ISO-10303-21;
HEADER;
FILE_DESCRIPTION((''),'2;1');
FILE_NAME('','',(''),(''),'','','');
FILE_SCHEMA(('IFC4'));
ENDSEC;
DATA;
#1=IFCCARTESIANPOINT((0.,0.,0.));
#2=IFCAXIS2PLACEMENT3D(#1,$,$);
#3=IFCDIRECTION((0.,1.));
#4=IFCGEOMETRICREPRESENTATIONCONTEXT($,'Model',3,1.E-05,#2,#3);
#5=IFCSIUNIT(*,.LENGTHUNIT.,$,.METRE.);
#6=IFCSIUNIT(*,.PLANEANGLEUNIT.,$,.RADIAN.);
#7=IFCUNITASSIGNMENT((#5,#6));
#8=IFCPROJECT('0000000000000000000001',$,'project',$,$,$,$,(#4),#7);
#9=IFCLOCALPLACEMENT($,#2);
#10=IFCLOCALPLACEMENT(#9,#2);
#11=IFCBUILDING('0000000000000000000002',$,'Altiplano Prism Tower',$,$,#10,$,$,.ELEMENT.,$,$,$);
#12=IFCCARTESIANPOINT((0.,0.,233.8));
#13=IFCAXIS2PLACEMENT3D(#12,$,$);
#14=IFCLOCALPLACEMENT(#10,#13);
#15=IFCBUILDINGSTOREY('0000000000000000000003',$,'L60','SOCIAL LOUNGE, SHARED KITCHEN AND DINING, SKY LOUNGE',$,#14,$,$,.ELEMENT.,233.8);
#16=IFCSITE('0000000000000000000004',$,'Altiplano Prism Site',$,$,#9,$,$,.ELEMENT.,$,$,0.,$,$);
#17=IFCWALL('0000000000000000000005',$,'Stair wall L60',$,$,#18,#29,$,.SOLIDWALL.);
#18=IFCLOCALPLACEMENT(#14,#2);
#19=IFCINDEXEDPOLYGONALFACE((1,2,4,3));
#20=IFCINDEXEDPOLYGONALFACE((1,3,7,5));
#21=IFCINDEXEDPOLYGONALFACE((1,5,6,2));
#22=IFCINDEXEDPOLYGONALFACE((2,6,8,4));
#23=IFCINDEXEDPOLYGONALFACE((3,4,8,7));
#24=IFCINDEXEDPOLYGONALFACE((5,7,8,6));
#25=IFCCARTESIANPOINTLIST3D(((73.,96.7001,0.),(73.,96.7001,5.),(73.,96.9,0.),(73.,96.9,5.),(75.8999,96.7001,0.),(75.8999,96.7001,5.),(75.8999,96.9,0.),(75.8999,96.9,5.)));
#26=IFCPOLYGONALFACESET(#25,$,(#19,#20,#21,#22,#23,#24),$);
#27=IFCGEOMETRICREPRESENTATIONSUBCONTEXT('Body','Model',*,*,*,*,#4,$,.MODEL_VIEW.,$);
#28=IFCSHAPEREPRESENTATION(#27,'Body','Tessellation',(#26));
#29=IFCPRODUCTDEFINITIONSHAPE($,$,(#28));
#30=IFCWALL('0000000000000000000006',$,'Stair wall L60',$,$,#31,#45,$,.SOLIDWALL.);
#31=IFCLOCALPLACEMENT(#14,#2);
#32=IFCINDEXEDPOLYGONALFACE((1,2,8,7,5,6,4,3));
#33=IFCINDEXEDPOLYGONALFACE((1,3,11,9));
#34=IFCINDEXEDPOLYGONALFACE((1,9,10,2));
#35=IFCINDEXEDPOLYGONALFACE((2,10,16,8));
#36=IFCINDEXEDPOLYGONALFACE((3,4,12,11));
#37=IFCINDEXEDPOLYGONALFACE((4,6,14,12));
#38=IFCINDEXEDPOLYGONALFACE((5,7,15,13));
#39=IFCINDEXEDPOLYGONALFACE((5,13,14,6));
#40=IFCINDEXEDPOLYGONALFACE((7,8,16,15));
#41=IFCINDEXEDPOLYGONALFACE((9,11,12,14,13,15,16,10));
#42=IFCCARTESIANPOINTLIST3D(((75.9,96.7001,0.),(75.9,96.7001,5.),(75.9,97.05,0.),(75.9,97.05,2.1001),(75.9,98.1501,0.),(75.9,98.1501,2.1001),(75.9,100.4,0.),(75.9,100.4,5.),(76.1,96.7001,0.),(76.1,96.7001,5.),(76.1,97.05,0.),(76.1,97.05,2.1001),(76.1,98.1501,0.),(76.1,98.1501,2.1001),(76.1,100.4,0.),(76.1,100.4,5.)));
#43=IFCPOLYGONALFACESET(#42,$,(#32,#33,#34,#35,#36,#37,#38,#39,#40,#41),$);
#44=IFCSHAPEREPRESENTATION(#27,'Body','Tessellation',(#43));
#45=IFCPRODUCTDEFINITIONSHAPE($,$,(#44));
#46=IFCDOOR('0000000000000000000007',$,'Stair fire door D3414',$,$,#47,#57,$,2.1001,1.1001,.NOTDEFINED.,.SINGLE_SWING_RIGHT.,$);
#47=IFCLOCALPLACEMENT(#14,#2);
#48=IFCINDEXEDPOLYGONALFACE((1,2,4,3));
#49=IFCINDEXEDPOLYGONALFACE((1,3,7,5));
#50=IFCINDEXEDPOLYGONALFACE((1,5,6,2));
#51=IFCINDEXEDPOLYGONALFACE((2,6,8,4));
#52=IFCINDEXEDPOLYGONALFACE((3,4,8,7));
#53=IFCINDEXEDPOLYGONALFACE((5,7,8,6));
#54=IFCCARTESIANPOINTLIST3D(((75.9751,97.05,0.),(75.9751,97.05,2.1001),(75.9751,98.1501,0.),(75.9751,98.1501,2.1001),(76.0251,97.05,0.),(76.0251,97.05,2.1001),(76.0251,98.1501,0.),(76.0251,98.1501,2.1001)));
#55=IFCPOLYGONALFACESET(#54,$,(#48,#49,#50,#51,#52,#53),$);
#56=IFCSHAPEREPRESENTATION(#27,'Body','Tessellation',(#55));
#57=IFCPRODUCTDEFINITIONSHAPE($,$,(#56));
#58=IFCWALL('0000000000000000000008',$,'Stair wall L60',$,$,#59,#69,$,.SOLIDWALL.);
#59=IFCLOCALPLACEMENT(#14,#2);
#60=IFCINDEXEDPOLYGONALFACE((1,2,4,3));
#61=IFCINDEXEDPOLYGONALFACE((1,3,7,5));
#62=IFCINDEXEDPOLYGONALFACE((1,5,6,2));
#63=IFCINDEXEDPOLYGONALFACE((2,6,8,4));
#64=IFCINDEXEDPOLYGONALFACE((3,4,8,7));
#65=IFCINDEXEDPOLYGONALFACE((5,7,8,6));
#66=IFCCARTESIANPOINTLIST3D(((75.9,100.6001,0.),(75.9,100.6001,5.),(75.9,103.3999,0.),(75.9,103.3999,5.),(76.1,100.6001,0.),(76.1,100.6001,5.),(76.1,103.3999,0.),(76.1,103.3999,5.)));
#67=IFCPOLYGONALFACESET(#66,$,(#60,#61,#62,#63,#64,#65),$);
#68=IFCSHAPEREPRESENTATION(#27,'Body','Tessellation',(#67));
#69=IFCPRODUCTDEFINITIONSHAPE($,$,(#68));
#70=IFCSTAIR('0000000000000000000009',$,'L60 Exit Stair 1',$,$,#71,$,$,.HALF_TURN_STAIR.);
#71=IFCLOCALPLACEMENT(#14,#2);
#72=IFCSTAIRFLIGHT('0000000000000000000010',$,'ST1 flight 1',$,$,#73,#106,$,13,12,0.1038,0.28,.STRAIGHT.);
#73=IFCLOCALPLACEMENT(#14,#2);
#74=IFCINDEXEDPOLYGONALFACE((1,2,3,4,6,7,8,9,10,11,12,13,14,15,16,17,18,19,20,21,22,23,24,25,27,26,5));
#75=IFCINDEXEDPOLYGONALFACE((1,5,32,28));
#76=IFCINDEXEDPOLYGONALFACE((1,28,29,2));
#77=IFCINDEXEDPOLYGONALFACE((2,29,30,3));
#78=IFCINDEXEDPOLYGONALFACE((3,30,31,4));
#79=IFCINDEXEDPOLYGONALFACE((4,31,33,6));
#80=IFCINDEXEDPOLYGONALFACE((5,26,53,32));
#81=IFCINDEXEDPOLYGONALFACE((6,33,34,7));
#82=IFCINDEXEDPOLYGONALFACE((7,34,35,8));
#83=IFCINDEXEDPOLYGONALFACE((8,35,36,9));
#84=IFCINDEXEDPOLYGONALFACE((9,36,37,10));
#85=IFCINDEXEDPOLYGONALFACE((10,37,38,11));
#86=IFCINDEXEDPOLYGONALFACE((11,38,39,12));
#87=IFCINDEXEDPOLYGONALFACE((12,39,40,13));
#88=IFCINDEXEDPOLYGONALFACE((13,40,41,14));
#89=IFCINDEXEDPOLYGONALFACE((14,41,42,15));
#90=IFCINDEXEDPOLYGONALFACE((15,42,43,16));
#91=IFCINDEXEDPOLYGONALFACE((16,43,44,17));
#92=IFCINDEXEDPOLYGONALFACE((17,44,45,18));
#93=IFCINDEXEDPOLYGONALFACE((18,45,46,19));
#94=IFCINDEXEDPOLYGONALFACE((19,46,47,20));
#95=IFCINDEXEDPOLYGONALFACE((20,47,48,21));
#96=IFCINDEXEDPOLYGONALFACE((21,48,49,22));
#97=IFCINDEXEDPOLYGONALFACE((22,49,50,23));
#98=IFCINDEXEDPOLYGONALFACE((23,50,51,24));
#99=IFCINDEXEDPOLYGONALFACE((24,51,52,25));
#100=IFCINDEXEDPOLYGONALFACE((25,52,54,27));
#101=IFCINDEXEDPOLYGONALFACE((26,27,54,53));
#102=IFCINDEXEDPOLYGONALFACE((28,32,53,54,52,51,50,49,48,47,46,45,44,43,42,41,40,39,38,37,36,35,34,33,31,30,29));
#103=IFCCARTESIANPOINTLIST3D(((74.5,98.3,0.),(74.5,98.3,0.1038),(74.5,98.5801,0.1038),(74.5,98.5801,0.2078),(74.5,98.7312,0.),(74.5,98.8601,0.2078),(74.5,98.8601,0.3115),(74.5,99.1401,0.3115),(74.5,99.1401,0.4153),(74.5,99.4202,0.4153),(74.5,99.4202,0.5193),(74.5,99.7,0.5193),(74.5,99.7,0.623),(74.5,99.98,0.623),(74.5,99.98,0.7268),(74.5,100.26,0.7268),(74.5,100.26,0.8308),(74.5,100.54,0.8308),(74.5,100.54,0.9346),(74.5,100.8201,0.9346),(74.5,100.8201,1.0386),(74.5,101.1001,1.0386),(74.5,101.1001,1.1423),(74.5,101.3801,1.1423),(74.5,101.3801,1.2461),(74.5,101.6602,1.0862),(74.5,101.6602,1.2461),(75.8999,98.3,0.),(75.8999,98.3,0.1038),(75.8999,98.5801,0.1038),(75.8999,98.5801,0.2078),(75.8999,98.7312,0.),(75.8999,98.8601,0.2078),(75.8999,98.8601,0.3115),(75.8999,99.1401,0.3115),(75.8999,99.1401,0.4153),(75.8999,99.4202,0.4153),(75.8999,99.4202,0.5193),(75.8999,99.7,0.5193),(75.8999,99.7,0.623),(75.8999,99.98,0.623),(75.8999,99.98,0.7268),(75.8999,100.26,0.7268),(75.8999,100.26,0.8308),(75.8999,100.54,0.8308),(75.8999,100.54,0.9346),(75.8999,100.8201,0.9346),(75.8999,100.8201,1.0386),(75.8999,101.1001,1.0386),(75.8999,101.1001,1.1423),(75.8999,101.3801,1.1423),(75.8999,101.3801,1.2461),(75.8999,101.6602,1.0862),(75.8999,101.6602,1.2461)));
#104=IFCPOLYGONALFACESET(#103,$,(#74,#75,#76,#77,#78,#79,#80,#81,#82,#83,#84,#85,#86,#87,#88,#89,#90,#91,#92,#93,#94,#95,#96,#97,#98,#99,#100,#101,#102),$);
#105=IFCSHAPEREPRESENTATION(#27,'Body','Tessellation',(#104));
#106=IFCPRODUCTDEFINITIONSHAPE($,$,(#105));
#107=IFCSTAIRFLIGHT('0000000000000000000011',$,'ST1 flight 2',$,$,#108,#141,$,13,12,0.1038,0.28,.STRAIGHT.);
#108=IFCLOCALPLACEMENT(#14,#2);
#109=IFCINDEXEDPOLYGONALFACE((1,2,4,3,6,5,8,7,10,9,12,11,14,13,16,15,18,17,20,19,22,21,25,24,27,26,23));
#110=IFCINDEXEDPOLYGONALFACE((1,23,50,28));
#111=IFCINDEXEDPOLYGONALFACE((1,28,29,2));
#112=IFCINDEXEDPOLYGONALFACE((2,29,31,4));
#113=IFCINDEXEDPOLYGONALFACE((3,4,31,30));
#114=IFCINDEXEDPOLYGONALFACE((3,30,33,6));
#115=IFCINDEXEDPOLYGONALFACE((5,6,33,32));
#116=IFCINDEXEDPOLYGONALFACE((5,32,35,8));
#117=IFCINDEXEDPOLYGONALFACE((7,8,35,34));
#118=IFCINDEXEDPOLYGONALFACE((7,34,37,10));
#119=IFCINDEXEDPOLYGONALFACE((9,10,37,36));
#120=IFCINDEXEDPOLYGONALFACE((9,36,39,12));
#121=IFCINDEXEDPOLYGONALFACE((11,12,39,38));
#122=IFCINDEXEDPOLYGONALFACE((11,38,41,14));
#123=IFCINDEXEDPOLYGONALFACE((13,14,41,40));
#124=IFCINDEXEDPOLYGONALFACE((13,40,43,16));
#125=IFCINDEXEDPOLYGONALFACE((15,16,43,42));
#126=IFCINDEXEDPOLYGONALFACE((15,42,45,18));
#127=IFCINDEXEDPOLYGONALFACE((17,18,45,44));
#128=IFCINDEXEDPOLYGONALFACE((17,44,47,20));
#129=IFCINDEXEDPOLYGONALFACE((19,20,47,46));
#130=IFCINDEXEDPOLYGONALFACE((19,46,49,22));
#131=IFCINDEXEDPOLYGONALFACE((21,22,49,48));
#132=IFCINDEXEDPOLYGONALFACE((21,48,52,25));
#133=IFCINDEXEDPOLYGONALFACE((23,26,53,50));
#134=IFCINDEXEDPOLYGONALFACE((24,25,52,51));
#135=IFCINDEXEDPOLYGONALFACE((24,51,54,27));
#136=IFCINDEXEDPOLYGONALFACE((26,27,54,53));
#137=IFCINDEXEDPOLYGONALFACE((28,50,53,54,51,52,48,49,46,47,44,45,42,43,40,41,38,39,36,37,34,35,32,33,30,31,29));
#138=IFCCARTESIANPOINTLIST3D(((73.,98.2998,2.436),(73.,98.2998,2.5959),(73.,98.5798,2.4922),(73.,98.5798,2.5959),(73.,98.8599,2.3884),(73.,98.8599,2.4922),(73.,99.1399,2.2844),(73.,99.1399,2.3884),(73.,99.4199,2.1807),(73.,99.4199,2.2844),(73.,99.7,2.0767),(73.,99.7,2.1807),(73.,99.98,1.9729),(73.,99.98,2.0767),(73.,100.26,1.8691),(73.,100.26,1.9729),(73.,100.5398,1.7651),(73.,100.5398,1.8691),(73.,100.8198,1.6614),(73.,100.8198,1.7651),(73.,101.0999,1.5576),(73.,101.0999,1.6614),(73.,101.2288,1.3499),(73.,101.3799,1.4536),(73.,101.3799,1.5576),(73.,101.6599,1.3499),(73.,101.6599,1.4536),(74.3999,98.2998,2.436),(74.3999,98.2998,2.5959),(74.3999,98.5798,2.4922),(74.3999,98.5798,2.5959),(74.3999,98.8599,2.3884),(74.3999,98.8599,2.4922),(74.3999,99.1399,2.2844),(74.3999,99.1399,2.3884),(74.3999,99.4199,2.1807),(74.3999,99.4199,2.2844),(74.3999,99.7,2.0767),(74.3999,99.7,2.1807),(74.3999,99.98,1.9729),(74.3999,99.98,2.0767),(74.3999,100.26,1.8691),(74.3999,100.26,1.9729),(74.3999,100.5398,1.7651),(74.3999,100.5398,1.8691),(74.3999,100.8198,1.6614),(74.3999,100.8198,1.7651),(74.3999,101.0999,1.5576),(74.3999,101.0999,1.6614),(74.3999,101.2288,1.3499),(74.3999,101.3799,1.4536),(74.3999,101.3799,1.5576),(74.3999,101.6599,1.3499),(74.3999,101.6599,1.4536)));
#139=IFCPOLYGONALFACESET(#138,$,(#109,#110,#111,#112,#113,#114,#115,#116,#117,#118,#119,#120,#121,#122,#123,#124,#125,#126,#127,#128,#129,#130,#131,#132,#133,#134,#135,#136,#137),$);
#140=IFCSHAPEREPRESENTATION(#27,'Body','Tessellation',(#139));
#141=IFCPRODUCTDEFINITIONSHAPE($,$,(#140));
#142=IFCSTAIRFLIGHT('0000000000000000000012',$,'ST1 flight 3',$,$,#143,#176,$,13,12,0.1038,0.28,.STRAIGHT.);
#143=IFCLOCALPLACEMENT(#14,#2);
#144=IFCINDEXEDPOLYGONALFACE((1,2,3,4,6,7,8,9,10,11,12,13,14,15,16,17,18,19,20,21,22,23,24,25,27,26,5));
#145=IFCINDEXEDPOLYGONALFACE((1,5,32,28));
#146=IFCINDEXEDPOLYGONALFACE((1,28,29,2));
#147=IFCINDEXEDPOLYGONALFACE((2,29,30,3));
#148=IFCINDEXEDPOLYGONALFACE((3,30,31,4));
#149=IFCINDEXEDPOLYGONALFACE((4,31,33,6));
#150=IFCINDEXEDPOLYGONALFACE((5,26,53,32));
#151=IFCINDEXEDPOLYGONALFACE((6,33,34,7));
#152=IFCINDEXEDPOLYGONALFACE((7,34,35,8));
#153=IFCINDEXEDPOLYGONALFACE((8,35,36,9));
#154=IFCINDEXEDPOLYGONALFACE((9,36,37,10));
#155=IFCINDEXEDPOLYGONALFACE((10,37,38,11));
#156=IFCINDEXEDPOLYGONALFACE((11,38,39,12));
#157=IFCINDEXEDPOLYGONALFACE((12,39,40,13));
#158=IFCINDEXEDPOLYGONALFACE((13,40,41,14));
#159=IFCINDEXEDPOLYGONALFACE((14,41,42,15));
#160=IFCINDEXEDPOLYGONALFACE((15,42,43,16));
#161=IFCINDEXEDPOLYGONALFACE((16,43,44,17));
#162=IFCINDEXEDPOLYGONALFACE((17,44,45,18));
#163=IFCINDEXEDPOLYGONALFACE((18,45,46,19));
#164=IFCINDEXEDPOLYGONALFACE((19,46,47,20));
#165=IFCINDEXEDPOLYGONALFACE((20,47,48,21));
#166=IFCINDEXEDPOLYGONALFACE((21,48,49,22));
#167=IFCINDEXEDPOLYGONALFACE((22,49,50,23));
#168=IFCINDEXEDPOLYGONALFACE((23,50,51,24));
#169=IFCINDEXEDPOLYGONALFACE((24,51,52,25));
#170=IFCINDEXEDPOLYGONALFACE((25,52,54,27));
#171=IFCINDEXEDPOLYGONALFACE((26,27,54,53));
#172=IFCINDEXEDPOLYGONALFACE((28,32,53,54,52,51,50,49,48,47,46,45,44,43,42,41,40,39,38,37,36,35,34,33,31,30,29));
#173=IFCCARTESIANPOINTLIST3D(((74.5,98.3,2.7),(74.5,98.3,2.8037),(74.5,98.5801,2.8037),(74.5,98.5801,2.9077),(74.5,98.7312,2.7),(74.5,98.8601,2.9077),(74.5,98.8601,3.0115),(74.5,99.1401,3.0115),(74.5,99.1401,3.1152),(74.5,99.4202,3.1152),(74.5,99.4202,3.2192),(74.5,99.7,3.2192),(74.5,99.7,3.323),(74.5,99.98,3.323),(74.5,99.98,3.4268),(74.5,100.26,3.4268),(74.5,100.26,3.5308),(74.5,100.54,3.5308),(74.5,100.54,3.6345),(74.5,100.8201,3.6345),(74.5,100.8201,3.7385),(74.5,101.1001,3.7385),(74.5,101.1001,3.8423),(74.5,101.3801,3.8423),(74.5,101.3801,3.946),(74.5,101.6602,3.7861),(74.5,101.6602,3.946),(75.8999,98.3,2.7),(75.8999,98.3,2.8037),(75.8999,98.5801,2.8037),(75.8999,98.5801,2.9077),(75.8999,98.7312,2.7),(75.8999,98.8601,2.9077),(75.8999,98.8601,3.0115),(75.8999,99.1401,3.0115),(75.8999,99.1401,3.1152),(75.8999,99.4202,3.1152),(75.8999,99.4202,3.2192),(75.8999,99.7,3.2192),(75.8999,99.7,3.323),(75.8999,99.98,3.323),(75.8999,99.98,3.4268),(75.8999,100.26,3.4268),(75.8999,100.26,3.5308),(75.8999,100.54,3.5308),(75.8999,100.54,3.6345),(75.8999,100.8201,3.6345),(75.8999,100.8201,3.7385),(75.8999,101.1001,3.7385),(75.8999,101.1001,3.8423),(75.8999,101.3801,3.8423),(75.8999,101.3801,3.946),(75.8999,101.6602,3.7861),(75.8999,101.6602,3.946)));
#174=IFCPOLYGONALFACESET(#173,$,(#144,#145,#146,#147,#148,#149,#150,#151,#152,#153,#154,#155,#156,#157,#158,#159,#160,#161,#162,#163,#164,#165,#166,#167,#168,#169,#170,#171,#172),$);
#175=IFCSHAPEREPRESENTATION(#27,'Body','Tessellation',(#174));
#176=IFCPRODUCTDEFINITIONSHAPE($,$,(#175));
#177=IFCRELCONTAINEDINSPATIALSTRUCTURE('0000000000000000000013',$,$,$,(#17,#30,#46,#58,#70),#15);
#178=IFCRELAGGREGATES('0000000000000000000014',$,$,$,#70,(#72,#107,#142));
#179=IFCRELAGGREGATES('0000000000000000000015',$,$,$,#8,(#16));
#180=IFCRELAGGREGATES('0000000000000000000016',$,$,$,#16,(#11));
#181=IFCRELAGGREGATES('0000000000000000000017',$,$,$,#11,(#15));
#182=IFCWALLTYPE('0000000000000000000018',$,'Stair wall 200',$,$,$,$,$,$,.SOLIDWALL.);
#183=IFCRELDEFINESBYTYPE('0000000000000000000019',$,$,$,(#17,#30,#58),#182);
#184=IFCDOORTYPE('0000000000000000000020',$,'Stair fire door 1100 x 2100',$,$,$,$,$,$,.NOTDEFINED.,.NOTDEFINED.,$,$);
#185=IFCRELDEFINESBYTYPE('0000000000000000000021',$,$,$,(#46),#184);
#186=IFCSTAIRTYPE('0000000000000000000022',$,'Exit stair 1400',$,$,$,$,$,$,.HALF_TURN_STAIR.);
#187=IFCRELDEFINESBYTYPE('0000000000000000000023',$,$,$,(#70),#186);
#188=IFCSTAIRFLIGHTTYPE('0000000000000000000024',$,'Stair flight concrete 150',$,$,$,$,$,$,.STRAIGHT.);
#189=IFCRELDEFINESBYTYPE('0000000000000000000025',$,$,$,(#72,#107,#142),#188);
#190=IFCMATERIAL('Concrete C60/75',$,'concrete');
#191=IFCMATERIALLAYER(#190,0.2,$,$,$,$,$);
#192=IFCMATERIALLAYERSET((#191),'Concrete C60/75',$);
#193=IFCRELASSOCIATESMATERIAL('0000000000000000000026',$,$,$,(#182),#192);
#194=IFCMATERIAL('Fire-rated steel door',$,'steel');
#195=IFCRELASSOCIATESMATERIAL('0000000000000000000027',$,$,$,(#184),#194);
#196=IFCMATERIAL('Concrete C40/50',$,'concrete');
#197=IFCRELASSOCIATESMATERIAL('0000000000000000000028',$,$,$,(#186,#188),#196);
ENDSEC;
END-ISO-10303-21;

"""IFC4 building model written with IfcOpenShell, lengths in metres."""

from ifc_helpers import new_model, si_unit, direction, frame, frame_2d, origin, place, context, subcontext, project, spatial, polyline, rectangle, outline, extrude, material, layer, layer_set, type_object, element, fill, aggregate, save


model = new_model("IFC4")

# Units and contexts
model_context = context("Model", 3, precision=1e-05, world=origin(), true_north=direction((0.0, 1.0)))
body_context = subcontext(model_context, "Body", "Model", "MODEL_VIEW")
ifc_project = project(units=[si_unit("LENGTHUNIT", "METRE"), si_unit("PLANEANGLEUNIT", "RADIAN")], contexts=[model_context])

# Site, building, storey
site_placement = place(None, origin())
site = spatial("IfcSite", under=ifc_project, at=site_placement, Name="Altiplano Prism Site", CompositionType="ELEMENT", RefElevation=0.0)
building_placement = place(site_placement, origin())
building = spatial("IfcBuilding", under=site, at=building_placement, Name="Altiplano Prism Tower", CompositionType="ELEMENT")
storey_placement = place(building_placement, frame((0.0, 0.0, 233.8)))
storey = spatial("IfcBuildingStorey", under=building, at=storey_placement, Name="L60", Description="SOCIAL LOUNGE, SHARED KITCHEN AND DINING, SKY LOUNGE", CompositionType="ELEMENT", Elevation=233.8)

# Wall
ifc_material_1 = material(Name="Concrete C60/75", Category="concrete")
ifc_layer = layer(ifc_material_1, 0.2)
ifc_layer_set = layer_set([ifc_layer], Name="Concrete C60/75")
wall_type = type_object("IfcWallType", Name="Stair wall 200", PredefinedType="SOLIDWALL", material=ifc_layer_set)
wall_1_placement = place(storey_placement, frame((73.0, 96.8, 0.0), z_axis=(0.0, 0.0, 1.0), x_axis=(1.0, 0.0, 0.0)))
element("IfcWall", 1, at=wall_1_placement, inside=storey, type_object=wall_type, Name="Stair wall L60", PredefinedType="SOLIDWALL", context=body_context, shape_type="SweptSolid", body=[
    extrude(rectangle(XDim=2.8999, YDim=0.2, at=frame_2d((1.45, 0.0))), origin(), (0.0, 0.0, 1.0), 5.0),
])

# Wall, opening, door
wall_2_placement = place(storey_placement, frame((76.0, 96.7, 0.0), z_axis=(0.0, 0.0, 1.0), x_axis=(0.0, 1.0, 0.0)))
wall_2 = element("IfcWall", 2, at=wall_2_placement, inside=storey, type_object=wall_type, Name="Stair wall L60", PredefinedType="SOLIDWALL", context=body_context, shape_type="SweptSolid", body=[
    extrude(rectangle(XDim=3.7, YDim=0.2, at=frame_2d((1.8501, 0.0))), origin(), (0.0, 0.0, 1.0), 5.0),
])
opening_1_placement = place(wall_2_placement, frame((0.3501, 0.0, 0.0)))
opening_1 = element("IfcOpeningElement", 3, at=opening_1_placement, cuts=wall_2, PredefinedType="OPENING", context=body_context, shape_type="SweptSolid", body=[
    extrude(rectangle(XDim=1.1001, YDim=2.1001, at=frame_2d((0.55, 1.05))), frame((0.0, 0.1104, 0.0), z_axis=(0.0, -1.0, 0.0), x_axis=(1.0, 0.0, 0.0)), (0.0, 0.0, 1.0), 0.2209),
])
ifc_material_2 = material(Name="Fire-rated steel door", Category="steel")
door_type_1 = type_object("IfcDoorType", Name="Stair fire door 1100 x 2100", OperationType="NOTDEFINED", PredefinedType="NOTDEFINED", material=ifc_material_2)
door_1_placement = place(opening_1_placement, origin())
door_1 = element("IfcDoor", 4, at=door_1_placement, inside=storey, type_object=door_type_1, Name="Stair fire door D3414", OperationType="SINGLE_SWING_RIGHT", OverallHeight=2.1001, OverallWidth=1.1001, PredefinedType="NOTDEFINED", context=body_context, shape_type="SweptSolid", body=[
    extrude(rectangle(XDim=1.1001, YDim=2.1001, at=frame_2d((0.55, 1.05))), frame((0.0, 0.0249, 0.0), z_axis=(0.0, -1.0, 0.0), x_axis=(1.0, 0.0, 0.0)), (0.0, 0.0, 1.0), 0.05),
])
fill(opening_1, door_1)

# Wall
wall_3_placement = place(storey_placement, frame((76.0, 100.6001, 0.0), z_axis=(0.0, 0.0, 1.0), x_axis=(0.0, 1.0, 0.0)))
element("IfcWall", 5, at=wall_3_placement, inside=storey, type_object=wall_type, Name="Stair wall L60", PredefinedType="SOLIDWALL", context=body_context, shape_type="SweptSolid", body=[
    extrude(rectangle(XDim=2.7998, YDim=0.2, at=frame_2d((1.3999, 0.0))), origin(), (0.0, 0.0, 1.0), 5.0),
])

# Stair, stair flights
ifc_material_3 = material(Name="Concrete C40/50", Category="concrete")
stair_type = type_object("IfcStairType", Name="Exit stair 1400", PredefinedType="HALF_TURN_STAIR", material=ifc_material_3)
stair_placement = place(storey_placement, origin())
stair = element("IfcStair", 6, at=stair_placement, inside=storey, type_object=stair_type, Name="L60 Exit Stair 1", PredefinedType="HALF_TURN_STAIR")
stair_flight_type = type_object("IfcStairFlightType", Name="Stair flight concrete 150", PredefinedType="STRAIGHT", material=ifc_material_3)
stair_flight_1_placement = place(storey_placement, frame((75.2, 98.3, 0.0), z_axis=(0.0, 0.0, 1.0), x_axis=(0.0, 1.0, 0.0)))
stair_flight_1 = element("IfcStairFlight", 7, at=stair_flight_1_placement, type_object=stair_flight_type, Name="ST1 flight 1", NumberOfRisers=13, NumberOfTreads=12, PredefinedType="STRAIGHT", RiserHeight=0.1038, TreadLength=0.28, context=body_context, shape_type="SweptSolid", body=[
    extrude(outline(polyline([(0.0, 0.0), (0.0, 0.1038), (0.28, 0.1038), (0.28, 0.2078), (0.5601, 0.2078), (0.5601, 0.3115), (0.8401, 0.3115), (0.8401, 0.4153), (1.1201, 0.4153), (1.1201, 0.5193), (1.3999, 0.5193), (1.3999, 0.623), (1.6799, 0.623), (1.6799, 0.7268), (1.96, 0.7268), (1.96, 0.8308), (2.24, 0.8308), (2.24, 0.9346), (2.52, 0.9346), (2.52, 1.0386), (2.8, 1.0386), (2.8, 1.1423), (3.0801, 1.1423), (3.0801, 1.2461), (3.3601, 1.2461), (3.3601, 1.3501), (3.3601, 1.0862), (0.4312, 0.0), (0.0, 0.0)])), frame((0.0, 0.7, 0.0), z_axis=(0.0, -1.0, 0.0), x_axis=(1.0, 0.0, 0.0)), (0.0, 0.0, 1.0), 1.3999),
])
stair_flight_2_placement = place(storey_placement, frame((73.7, 101.6599, 1.3499), z_axis=(0.0, 0.0, 1.0), x_axis=(0.0, -1.0, 0.0)))
stair_flight_2 = element("IfcStairFlight", 8, at=stair_flight_2_placement, type_object=stair_flight_type, Name="ST1 flight 2", NumberOfRisers=13, NumberOfTreads=12, PredefinedType="STRAIGHT", RiserHeight=0.1038, TreadLength=0.28, context=body_context, shape_type="SweptSolid", body=[
    extrude(outline(polyline([(0.0, 0.0), (0.0, 0.1038), (0.28, 0.1038), (0.28, 0.2078), (0.5601, 0.2078), (0.5601, 0.3115), (0.8401, 0.3115), (0.8401, 0.4153), (1.1201, 0.4153), (1.1201, 0.5193), (1.3999, 0.5193), (1.3999, 0.623), (1.6799, 0.623), (1.6799, 0.7268), (1.96, 0.7268), (1.96, 0.8308), (2.24, 0.8308), (2.24, 0.9346), (2.52, 0.9346), (2.52, 1.0386), (2.8, 1.0386), (2.8, 1.1423), (3.0801, 1.1423), (3.0801, 1.2461), (3.3601, 1.2461), (3.3601, 1.3501), (3.3601, 1.0862), (0.4312, 0.0), (0.0, 0.0)])), frame((0.0, 0.7, 0.0), z_axis=(0.0, -1.0, 0.0), x_axis=(1.0, 0.0, 0.0)), (0.0, 0.0, 1.0), 1.3999),
])
stair_flight_3_placement = place(storey_placement, frame((75.2, 98.3, 2.7), z_axis=(0.0, 0.0, 1.0), x_axis=(0.0, 1.0, 0.0)))
stair_flight_3 = element("IfcStairFlight", 9, at=stair_flight_3_placement, type_object=stair_flight_type, Name="ST1 flight 3", NumberOfRisers=13, NumberOfTreads=12, PredefinedType="STRAIGHT", RiserHeight=0.1038, TreadLength=0.28, context=body_context, shape_type="SweptSolid", body=[
    extrude(outline(polyline([(0.0, 0.0), (0.0, 0.1038), (0.28, 0.1038), (0.28, 0.2078), (0.5601, 0.2078), (0.5601, 0.3115), (0.8401, 0.3115), (0.8401, 0.4153), (1.1201, 0.4153), (1.1201, 0.5193), (1.3999, 0.5193), (1.3999, 0.623), (1.6799, 0.623), (1.6799, 0.7268), (1.96, 0.7268), (1.96, 0.8308), (2.24, 0.8308), (2.24, 0.9346), (2.52, 0.9346), (2.52, 1.0386), (2.8, 1.0386), (2.8, 1.1423), (3.0801, 1.1423), (3.0801, 1.2461), (3.3601, 1.2461), (3.3601, 1.3501), (3.3601, 1.0862), (0.4312, 0.0), (0.0, 0.0)])), frame((0.0, 0.7, 0.0), z_axis=(0.0, -1.0, 0.0), x_axis=(1.0, 0.0, 0.0)), (0.0, 0.0, 1.0), 1.3999),
])
aggregate(stair, [stair_flight_1, stair_flight_2, stair_flight_3])

save(model, "model.ifc")
